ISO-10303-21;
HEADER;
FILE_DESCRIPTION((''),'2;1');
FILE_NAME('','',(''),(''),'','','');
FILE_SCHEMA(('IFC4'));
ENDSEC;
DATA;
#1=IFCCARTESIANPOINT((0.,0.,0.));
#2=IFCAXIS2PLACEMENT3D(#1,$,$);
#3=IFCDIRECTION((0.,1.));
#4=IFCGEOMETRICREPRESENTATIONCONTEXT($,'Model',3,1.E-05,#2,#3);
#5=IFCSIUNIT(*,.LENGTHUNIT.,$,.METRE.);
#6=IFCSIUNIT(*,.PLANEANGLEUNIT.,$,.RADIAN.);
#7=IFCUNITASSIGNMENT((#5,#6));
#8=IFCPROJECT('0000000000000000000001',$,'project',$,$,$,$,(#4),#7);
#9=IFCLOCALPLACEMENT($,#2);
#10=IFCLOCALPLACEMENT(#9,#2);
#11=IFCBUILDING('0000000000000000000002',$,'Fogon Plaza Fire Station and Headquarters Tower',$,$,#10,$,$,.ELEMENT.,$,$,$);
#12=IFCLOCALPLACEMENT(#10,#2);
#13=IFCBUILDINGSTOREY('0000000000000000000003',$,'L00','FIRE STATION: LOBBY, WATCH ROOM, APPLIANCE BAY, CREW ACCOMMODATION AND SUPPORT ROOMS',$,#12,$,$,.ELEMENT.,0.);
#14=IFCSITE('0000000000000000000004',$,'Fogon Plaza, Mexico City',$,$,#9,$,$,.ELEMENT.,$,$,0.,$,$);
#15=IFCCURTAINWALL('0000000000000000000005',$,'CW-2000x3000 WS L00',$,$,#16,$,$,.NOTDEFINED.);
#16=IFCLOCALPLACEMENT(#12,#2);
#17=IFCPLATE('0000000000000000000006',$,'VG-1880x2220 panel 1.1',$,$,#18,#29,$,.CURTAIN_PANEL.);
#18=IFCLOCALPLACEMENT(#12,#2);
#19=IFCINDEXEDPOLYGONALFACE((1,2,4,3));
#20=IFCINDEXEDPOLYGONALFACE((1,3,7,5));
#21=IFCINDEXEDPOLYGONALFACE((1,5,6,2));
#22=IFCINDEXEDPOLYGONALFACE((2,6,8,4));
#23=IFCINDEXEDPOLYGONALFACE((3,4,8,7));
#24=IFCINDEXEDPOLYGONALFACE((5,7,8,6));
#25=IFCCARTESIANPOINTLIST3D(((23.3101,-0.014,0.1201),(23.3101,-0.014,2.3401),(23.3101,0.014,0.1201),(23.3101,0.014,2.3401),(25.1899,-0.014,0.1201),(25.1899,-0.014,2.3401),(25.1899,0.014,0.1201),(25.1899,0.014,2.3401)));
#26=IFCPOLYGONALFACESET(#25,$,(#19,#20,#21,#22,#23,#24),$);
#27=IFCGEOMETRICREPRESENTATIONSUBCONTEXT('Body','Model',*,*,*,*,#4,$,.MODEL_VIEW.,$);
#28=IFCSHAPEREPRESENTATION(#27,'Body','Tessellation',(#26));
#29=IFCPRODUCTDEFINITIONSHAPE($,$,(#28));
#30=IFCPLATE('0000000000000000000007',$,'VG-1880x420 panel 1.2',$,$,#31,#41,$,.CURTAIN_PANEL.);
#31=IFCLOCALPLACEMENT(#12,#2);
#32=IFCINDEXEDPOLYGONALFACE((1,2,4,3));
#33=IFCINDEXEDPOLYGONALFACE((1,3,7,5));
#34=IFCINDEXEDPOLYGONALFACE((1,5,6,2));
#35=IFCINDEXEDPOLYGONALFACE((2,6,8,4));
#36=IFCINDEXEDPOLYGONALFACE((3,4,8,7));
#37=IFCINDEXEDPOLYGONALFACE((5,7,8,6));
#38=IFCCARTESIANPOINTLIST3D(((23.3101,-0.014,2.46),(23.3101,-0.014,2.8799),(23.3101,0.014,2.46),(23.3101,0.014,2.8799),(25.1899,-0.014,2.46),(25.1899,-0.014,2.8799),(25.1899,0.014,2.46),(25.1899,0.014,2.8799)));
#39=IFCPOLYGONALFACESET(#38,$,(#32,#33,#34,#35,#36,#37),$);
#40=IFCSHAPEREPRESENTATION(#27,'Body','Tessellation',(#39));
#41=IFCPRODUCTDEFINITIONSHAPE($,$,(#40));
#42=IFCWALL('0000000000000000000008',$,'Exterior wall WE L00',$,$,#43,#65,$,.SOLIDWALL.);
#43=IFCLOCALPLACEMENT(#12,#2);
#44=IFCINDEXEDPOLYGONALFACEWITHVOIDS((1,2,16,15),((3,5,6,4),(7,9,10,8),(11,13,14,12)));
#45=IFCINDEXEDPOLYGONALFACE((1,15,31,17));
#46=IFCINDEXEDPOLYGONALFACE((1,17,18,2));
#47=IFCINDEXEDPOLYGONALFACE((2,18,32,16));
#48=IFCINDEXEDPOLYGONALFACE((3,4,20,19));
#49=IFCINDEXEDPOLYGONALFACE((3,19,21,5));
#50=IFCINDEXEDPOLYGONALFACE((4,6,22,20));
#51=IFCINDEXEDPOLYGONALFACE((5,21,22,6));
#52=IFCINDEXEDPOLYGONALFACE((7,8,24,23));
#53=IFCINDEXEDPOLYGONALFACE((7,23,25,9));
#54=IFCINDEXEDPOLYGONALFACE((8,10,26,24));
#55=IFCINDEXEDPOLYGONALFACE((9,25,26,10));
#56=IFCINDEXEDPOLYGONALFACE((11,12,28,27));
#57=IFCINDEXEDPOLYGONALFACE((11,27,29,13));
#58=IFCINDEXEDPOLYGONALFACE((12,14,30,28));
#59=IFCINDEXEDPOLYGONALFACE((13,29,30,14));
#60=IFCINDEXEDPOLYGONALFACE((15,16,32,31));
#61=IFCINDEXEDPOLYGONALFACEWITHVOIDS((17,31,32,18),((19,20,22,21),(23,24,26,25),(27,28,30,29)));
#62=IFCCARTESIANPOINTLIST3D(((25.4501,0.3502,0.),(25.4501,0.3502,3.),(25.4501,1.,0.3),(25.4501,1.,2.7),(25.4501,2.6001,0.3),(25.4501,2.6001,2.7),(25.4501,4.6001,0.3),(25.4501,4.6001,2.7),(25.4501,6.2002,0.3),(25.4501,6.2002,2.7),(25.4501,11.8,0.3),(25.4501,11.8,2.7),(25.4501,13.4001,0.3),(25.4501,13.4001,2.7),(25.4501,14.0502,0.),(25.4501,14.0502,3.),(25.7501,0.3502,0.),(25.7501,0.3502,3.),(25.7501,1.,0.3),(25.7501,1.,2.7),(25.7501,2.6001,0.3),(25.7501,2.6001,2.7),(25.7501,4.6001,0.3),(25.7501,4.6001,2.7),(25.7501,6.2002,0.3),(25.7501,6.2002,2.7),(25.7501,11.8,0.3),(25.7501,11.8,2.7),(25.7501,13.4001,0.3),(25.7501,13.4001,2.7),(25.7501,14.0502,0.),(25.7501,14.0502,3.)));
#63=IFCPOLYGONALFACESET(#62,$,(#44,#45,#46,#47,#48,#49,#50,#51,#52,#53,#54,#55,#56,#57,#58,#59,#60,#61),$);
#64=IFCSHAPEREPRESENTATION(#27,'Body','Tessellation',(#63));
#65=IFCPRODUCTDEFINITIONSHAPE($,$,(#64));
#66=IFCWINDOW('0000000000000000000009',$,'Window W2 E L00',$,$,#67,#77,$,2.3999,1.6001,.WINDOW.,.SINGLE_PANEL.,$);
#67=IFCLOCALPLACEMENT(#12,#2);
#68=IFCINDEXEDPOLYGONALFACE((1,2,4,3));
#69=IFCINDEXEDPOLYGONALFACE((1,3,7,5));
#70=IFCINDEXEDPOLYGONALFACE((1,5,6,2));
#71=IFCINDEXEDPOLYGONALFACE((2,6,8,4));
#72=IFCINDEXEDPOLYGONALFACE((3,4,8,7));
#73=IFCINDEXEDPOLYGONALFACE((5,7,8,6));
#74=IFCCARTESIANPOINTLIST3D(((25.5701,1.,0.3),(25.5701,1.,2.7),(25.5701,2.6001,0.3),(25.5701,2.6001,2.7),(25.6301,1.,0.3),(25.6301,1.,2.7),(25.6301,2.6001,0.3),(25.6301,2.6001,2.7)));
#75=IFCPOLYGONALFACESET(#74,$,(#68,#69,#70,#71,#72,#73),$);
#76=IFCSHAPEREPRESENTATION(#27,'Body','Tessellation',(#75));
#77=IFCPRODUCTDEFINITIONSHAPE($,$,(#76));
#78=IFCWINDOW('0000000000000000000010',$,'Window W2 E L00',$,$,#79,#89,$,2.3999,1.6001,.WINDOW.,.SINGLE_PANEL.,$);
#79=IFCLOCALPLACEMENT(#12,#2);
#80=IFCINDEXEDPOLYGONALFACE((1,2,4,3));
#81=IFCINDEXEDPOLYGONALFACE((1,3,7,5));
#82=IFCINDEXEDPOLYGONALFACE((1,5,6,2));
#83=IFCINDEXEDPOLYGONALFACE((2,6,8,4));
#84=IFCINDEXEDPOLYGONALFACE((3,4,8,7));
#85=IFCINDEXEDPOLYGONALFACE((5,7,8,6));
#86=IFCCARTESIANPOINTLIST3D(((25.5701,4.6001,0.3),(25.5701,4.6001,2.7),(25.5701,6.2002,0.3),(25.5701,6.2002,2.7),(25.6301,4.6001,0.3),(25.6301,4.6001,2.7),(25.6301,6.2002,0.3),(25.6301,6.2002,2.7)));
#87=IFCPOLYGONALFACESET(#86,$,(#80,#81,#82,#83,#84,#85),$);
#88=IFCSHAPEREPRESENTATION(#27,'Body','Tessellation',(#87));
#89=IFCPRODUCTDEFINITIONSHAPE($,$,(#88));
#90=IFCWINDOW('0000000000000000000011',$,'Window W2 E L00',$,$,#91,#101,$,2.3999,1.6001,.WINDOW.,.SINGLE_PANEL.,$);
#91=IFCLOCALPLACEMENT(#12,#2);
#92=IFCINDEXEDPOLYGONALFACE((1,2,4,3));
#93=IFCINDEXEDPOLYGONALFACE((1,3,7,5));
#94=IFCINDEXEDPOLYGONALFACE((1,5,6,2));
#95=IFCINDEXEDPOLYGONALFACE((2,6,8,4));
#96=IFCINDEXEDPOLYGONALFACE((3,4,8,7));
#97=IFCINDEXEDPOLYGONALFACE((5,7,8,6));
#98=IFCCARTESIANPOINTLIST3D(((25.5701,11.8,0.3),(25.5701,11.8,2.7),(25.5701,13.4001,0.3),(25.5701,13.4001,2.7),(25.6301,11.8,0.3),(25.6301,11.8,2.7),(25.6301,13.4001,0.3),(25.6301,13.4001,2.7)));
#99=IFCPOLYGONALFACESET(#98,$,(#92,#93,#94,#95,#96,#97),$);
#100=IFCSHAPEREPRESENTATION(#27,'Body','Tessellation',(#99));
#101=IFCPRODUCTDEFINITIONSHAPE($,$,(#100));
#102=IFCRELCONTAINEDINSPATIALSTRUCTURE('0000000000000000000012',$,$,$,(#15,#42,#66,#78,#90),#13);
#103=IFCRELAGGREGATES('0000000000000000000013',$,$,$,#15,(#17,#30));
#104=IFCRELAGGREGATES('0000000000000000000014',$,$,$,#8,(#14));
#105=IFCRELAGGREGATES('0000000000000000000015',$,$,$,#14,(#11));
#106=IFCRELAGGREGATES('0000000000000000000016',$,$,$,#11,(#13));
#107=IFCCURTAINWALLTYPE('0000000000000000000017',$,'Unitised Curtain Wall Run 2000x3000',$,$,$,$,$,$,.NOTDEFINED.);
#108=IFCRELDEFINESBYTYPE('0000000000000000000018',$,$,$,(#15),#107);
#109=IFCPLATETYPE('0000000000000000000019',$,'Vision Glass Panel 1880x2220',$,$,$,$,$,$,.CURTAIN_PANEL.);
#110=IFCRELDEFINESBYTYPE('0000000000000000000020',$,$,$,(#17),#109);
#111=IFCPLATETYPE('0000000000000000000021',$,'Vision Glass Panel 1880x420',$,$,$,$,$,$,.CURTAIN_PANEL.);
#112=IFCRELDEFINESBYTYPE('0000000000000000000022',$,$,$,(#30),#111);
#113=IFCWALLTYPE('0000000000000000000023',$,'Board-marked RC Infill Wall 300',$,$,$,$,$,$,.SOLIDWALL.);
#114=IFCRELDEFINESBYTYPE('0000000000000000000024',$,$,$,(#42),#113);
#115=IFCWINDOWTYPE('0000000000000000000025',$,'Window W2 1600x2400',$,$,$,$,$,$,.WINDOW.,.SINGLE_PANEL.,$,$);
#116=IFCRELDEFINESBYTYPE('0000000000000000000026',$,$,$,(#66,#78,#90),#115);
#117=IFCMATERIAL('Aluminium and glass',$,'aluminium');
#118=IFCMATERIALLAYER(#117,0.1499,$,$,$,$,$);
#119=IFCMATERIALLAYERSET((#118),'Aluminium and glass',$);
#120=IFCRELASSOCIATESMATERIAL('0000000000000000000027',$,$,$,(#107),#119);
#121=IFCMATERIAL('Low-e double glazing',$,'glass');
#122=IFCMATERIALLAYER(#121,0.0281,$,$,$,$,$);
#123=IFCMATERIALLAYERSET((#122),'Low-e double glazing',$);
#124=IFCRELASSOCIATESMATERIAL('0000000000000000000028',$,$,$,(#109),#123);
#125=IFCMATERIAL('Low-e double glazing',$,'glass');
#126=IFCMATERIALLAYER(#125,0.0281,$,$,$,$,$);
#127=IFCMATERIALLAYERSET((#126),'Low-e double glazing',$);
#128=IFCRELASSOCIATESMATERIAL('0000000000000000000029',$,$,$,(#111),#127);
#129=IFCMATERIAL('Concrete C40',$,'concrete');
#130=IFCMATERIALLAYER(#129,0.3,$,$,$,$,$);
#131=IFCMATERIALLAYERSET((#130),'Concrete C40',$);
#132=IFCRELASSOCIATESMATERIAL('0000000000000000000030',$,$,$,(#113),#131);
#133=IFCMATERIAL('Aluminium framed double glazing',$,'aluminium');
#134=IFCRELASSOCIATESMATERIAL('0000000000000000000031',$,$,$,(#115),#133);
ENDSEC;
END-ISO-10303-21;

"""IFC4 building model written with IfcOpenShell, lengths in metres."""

from ifc_helpers import new_model, si_unit, direction, frame, frame_2d, origin, origin_2d, place, context, subcontext, project, spatial, rectangle, extrude, material, layer, layer_set, type_object, element, fill, aggregate, save


model = new_model("IFC4")

# Units and contexts
model_context = context("Model", 3, precision=1e-05, world=origin(), true_north=direction((0.0, 1.0)))
body_context = subcontext(model_context, "Body", "Model", "MODEL_VIEW")
ifc_project = project(units=[si_unit("LENGTHUNIT", "METRE"), si_unit("PLANEANGLEUNIT", "RADIAN")], contexts=[model_context])

# Site, building, storey
site_placement = place(None, origin())
site = spatial("IfcSite", under=ifc_project, at=site_placement, Name="Fogon Plaza, Mexico City", CompositionType="ELEMENT", RefElevation=0.0)
building_placement = place(site_placement, origin())
building = spatial("IfcBuilding", under=site, at=building_placement, Name="Fogon Plaza Fire Station and Headquarters Tower", CompositionType="ELEMENT")
storey_placement = place(building_placement, origin())
storey = spatial("IfcBuildingStorey", under=building, at=storey_placement, Name="L00", Description="FIRE STATION: LOBBY, WATCH ROOM, APPLIANCE BAY, CREW ACCOMMODATION AND SUPPORT ROOMS", CompositionType="ELEMENT", Elevation=0.0)

# Curtain wall
ifc_material_1 = material(Name="Aluminium and glass", Category="aluminium")
ifc_layer_1 = layer(ifc_material_1, 0.1499)
ifc_layer_set_1 = layer_set([ifc_layer_1], Name="Aluminium and glass")
curtain_wall_type_1 = type_object("IfcCurtainWallType", Name="Unitised Curtain Wall Run 2000x3000", PredefinedType="NOTDEFINED", material=ifc_layer_set_1)
curtain_wall_1_placement = place(storey_placement, origin())
curtain_wall_1 = element("IfcCurtainWall", 1, at=curtain_wall_1_placement, inside=storey, type_object=curtain_wall_type_1, Name="CW-2000x3000 WS L00", PredefinedType="NOTDEFINED")

# Plates
ifc_material_2 = material(Name="Low-e double glazing", Category="glass")
ifc_layer_2 = layer(ifc_material_2, 0.0281)
ifc_layer_set_2 = layer_set([ifc_layer_2], Name="Low-e double glazing")
plate_type_1 = type_object("IfcPlateType", Name="Vision Glass Panel 1880x2220", PredefinedType="CURTAIN_PANEL", material=ifc_layer_set_2)
plate_1_placement = place(storey_placement, frame((24.25, 0.0, 0.1201), z_axis=(0.0, 0.0, 1.0), x_axis=(1.0, 0.0, 0.0)))
plate_1 = element("IfcPlate", 2, at=plate_1_placement, type_object=plate_type_1, Name="VG-1880x2220 panel 1.1", PredefinedType="CURTAIN_PANEL", context=body_context, shape_type="SweptSolid", body=[
    extrude(rectangle(XDim=1.8799, YDim=0.0281, at=origin_2d()), origin(), (0.0, 0.0, 1.0), 2.22),
])
ifc_material_3 = material(Name="Low-e double glazing", Category="glass")
ifc_layer_3 = layer(ifc_material_3, 0.0281)
ifc_layer_set_3 = layer_set([ifc_layer_3], Name="Low-e double glazing")
plate_type_2 = type_object("IfcPlateType", Name="Vision Glass Panel 1880x420", PredefinedType="CURTAIN_PANEL", material=ifc_layer_set_3)
plate_2_placement = place(storey_placement, frame((24.25, 0.0, 2.46), z_axis=(0.0, 0.0, 1.0), x_axis=(1.0, 0.0, 0.0)))
plate_2 = element("IfcPlate", 3, at=plate_2_placement, type_object=plate_type_2, Name="VG-1880x420 panel 1.2", PredefinedType="CURTAIN_PANEL", context=body_context, shape_type="SweptSolid", body=[
    extrude(rectangle(XDim=1.8799, YDim=0.0281, at=origin_2d()), origin(), (0.0, 0.0, 1.0), 0.4199),
])
aggregate(curtain_wall_1, [plate_1, plate_2])

# Shared definitions
ifc_material_4 = material(Name="Concrete C40", Category="concrete")
ifc_layer_4 = layer(ifc_material_4, 0.3)
ifc_layer_set_4 = layer_set([ifc_layer_4], Name="Concrete C40")
wall_type = type_object("IfcWallType", Name="Board-marked RC Infill Wall 300", PredefinedType="SOLIDWALL", material=ifc_layer_set_4)

# Wall, openings, windows
wall_1_placement = place(storey_placement, frame((25.6001, 0.3501, 0.0), z_axis=(0.0, 0.0, 1.0), x_axis=(0.0, 1.0, 0.0)))
wall_1 = element("IfcWall", 4, at=wall_1_placement, inside=storey, type_object=wall_type, Name="Exterior wall WE L00", PredefinedType="SOLIDWALL", context=body_context, shape_type="SweptSolid", body=[
    extrude(rectangle(XDim=13.7, YDim=0.3, at=frame_2d((6.8501, 0.0))), origin(), (0.0, 0.0, 1.0), 3.0),
])
opening_1_placement = place(wall_1_placement, frame((0.6499, 0.0, 0.3)))
opening_1 = element("IfcOpeningElement", 5, at=opening_1_placement, cuts=wall_1, PredefinedType="OPENING", context=body_context, shape_type="SweptSolid", body=[
    extrude(rectangle(XDim=1.6001, YDim=2.3999, at=frame_2d((0.8, 1.2))), frame((0.0, 0.1599, 0.0), z_axis=(0.0, -1.0, 0.0), x_axis=(1.0, 0.0, 0.0)), (0.0, 0.0, 1.0), 0.3201),
])
opening_2_placement = place(wall_1_placement, frame((4.25, 0.0, 0.3)))
opening_2 = element("IfcOpeningElement", 6, at=opening_2_placement, cuts=wall_1, PredefinedType="OPENING", context=body_context, shape_type="SweptSolid", body=[
    extrude(rectangle(XDim=1.6001, YDim=2.3999, at=frame_2d((0.8, 1.2))), frame((0.0, 0.1599, 0.0), z_axis=(0.0, -1.0, 0.0), x_axis=(1.0, 0.0, 0.0)), (0.0, 0.0, 1.0), 0.3201),
])
opening_3_placement = place(wall_1_placement, frame((11.45, 0.0, 0.3)))
opening_3 = element("IfcOpeningElement", 7, at=opening_3_placement, cuts=wall_1, PredefinedType="OPENING", context=body_context, shape_type="SweptSolid", body=[
    extrude(rectangle(XDim=1.6001, YDim=2.3999, at=frame_2d((0.8, 1.2))), frame((0.0, 0.1599, 0.0), z_axis=(0.0, -1.0, 0.0), x_axis=(1.0, 0.0, 0.0)), (0.0, 0.0, 1.0), 0.3201),
])
ifc_material_5 = material(Name="Aluminium framed double glazing", Category="aluminium")
window_type = type_object("IfcWindowType", Name="Window W2 1600x2400", PartitioningType="SINGLE_PANEL", PredefinedType="WINDOW", material=ifc_material_5)
window_1_placement = place(opening_1_placement, origin())
window_1 = element("IfcWindow", 8, at=window_1_placement, inside=storey, type_object=window_type, Name="Window W2 E L00", OverallHeight=2.3999, OverallWidth=1.6001, PartitioningType="SINGLE_PANEL", PredefinedType="WINDOW", context=body_context, shape_type="SweptSolid", body=[
    extrude(rectangle(XDim=1.6001, YDim=2.3999, at=frame_2d((0.8, 1.2))), frame((0.0, 0.03, 0.0), z_axis=(0.0, -1.0, 0.0), x_axis=(1.0, 0.0, 0.0)), (0.0, 0.0, 1.0), 0.0601),
])
fill(opening_1, window_1)
window_2_placement = place(opening_2_placement, origin())
window_2 = element("IfcWindow", 9, at=window_2_placement, inside=storey, type_object=window_type, Name="Window W2 E L00", OverallHeight=2.3999, OverallWidth=1.6001, PartitioningType="SINGLE_PANEL", PredefinedType="WINDOW", context=body_context, shape_type="SweptSolid", body=[
    extrude(rectangle(XDim=1.6001, YDim=2.3999, at=frame_2d((0.8, 1.2))), frame((0.0, 0.03, 0.0), z_axis=(0.0, -1.0, 0.0), x_axis=(1.0, 0.0, 0.0)), (0.0, 0.0, 1.0), 0.0601),
])
fill(opening_2, window_2)
window_3_placement = place(opening_3_placement, origin())
window_3 = element("IfcWindow", 10, at=window_3_placement, inside=storey, type_object=window_type, Name="Window W2 E L00", OverallHeight=2.3999, OverallWidth=1.6001, PartitioningType="SINGLE_PANEL", PredefinedType="WINDOW", context=body_context, shape_type="SweptSolid", body=[
    extrude(rectangle(XDim=1.6001, YDim=2.3999, at=frame_2d((0.8, 1.2))), frame((0.0, 0.03, 0.0), z_axis=(0.0, -1.0, 0.0), x_axis=(1.0, 0.0, 0.0)), (0.0, 0.0, 1.0), 0.0601),
])
fill(opening_3, window_3)

save(model, "model.ifc")
